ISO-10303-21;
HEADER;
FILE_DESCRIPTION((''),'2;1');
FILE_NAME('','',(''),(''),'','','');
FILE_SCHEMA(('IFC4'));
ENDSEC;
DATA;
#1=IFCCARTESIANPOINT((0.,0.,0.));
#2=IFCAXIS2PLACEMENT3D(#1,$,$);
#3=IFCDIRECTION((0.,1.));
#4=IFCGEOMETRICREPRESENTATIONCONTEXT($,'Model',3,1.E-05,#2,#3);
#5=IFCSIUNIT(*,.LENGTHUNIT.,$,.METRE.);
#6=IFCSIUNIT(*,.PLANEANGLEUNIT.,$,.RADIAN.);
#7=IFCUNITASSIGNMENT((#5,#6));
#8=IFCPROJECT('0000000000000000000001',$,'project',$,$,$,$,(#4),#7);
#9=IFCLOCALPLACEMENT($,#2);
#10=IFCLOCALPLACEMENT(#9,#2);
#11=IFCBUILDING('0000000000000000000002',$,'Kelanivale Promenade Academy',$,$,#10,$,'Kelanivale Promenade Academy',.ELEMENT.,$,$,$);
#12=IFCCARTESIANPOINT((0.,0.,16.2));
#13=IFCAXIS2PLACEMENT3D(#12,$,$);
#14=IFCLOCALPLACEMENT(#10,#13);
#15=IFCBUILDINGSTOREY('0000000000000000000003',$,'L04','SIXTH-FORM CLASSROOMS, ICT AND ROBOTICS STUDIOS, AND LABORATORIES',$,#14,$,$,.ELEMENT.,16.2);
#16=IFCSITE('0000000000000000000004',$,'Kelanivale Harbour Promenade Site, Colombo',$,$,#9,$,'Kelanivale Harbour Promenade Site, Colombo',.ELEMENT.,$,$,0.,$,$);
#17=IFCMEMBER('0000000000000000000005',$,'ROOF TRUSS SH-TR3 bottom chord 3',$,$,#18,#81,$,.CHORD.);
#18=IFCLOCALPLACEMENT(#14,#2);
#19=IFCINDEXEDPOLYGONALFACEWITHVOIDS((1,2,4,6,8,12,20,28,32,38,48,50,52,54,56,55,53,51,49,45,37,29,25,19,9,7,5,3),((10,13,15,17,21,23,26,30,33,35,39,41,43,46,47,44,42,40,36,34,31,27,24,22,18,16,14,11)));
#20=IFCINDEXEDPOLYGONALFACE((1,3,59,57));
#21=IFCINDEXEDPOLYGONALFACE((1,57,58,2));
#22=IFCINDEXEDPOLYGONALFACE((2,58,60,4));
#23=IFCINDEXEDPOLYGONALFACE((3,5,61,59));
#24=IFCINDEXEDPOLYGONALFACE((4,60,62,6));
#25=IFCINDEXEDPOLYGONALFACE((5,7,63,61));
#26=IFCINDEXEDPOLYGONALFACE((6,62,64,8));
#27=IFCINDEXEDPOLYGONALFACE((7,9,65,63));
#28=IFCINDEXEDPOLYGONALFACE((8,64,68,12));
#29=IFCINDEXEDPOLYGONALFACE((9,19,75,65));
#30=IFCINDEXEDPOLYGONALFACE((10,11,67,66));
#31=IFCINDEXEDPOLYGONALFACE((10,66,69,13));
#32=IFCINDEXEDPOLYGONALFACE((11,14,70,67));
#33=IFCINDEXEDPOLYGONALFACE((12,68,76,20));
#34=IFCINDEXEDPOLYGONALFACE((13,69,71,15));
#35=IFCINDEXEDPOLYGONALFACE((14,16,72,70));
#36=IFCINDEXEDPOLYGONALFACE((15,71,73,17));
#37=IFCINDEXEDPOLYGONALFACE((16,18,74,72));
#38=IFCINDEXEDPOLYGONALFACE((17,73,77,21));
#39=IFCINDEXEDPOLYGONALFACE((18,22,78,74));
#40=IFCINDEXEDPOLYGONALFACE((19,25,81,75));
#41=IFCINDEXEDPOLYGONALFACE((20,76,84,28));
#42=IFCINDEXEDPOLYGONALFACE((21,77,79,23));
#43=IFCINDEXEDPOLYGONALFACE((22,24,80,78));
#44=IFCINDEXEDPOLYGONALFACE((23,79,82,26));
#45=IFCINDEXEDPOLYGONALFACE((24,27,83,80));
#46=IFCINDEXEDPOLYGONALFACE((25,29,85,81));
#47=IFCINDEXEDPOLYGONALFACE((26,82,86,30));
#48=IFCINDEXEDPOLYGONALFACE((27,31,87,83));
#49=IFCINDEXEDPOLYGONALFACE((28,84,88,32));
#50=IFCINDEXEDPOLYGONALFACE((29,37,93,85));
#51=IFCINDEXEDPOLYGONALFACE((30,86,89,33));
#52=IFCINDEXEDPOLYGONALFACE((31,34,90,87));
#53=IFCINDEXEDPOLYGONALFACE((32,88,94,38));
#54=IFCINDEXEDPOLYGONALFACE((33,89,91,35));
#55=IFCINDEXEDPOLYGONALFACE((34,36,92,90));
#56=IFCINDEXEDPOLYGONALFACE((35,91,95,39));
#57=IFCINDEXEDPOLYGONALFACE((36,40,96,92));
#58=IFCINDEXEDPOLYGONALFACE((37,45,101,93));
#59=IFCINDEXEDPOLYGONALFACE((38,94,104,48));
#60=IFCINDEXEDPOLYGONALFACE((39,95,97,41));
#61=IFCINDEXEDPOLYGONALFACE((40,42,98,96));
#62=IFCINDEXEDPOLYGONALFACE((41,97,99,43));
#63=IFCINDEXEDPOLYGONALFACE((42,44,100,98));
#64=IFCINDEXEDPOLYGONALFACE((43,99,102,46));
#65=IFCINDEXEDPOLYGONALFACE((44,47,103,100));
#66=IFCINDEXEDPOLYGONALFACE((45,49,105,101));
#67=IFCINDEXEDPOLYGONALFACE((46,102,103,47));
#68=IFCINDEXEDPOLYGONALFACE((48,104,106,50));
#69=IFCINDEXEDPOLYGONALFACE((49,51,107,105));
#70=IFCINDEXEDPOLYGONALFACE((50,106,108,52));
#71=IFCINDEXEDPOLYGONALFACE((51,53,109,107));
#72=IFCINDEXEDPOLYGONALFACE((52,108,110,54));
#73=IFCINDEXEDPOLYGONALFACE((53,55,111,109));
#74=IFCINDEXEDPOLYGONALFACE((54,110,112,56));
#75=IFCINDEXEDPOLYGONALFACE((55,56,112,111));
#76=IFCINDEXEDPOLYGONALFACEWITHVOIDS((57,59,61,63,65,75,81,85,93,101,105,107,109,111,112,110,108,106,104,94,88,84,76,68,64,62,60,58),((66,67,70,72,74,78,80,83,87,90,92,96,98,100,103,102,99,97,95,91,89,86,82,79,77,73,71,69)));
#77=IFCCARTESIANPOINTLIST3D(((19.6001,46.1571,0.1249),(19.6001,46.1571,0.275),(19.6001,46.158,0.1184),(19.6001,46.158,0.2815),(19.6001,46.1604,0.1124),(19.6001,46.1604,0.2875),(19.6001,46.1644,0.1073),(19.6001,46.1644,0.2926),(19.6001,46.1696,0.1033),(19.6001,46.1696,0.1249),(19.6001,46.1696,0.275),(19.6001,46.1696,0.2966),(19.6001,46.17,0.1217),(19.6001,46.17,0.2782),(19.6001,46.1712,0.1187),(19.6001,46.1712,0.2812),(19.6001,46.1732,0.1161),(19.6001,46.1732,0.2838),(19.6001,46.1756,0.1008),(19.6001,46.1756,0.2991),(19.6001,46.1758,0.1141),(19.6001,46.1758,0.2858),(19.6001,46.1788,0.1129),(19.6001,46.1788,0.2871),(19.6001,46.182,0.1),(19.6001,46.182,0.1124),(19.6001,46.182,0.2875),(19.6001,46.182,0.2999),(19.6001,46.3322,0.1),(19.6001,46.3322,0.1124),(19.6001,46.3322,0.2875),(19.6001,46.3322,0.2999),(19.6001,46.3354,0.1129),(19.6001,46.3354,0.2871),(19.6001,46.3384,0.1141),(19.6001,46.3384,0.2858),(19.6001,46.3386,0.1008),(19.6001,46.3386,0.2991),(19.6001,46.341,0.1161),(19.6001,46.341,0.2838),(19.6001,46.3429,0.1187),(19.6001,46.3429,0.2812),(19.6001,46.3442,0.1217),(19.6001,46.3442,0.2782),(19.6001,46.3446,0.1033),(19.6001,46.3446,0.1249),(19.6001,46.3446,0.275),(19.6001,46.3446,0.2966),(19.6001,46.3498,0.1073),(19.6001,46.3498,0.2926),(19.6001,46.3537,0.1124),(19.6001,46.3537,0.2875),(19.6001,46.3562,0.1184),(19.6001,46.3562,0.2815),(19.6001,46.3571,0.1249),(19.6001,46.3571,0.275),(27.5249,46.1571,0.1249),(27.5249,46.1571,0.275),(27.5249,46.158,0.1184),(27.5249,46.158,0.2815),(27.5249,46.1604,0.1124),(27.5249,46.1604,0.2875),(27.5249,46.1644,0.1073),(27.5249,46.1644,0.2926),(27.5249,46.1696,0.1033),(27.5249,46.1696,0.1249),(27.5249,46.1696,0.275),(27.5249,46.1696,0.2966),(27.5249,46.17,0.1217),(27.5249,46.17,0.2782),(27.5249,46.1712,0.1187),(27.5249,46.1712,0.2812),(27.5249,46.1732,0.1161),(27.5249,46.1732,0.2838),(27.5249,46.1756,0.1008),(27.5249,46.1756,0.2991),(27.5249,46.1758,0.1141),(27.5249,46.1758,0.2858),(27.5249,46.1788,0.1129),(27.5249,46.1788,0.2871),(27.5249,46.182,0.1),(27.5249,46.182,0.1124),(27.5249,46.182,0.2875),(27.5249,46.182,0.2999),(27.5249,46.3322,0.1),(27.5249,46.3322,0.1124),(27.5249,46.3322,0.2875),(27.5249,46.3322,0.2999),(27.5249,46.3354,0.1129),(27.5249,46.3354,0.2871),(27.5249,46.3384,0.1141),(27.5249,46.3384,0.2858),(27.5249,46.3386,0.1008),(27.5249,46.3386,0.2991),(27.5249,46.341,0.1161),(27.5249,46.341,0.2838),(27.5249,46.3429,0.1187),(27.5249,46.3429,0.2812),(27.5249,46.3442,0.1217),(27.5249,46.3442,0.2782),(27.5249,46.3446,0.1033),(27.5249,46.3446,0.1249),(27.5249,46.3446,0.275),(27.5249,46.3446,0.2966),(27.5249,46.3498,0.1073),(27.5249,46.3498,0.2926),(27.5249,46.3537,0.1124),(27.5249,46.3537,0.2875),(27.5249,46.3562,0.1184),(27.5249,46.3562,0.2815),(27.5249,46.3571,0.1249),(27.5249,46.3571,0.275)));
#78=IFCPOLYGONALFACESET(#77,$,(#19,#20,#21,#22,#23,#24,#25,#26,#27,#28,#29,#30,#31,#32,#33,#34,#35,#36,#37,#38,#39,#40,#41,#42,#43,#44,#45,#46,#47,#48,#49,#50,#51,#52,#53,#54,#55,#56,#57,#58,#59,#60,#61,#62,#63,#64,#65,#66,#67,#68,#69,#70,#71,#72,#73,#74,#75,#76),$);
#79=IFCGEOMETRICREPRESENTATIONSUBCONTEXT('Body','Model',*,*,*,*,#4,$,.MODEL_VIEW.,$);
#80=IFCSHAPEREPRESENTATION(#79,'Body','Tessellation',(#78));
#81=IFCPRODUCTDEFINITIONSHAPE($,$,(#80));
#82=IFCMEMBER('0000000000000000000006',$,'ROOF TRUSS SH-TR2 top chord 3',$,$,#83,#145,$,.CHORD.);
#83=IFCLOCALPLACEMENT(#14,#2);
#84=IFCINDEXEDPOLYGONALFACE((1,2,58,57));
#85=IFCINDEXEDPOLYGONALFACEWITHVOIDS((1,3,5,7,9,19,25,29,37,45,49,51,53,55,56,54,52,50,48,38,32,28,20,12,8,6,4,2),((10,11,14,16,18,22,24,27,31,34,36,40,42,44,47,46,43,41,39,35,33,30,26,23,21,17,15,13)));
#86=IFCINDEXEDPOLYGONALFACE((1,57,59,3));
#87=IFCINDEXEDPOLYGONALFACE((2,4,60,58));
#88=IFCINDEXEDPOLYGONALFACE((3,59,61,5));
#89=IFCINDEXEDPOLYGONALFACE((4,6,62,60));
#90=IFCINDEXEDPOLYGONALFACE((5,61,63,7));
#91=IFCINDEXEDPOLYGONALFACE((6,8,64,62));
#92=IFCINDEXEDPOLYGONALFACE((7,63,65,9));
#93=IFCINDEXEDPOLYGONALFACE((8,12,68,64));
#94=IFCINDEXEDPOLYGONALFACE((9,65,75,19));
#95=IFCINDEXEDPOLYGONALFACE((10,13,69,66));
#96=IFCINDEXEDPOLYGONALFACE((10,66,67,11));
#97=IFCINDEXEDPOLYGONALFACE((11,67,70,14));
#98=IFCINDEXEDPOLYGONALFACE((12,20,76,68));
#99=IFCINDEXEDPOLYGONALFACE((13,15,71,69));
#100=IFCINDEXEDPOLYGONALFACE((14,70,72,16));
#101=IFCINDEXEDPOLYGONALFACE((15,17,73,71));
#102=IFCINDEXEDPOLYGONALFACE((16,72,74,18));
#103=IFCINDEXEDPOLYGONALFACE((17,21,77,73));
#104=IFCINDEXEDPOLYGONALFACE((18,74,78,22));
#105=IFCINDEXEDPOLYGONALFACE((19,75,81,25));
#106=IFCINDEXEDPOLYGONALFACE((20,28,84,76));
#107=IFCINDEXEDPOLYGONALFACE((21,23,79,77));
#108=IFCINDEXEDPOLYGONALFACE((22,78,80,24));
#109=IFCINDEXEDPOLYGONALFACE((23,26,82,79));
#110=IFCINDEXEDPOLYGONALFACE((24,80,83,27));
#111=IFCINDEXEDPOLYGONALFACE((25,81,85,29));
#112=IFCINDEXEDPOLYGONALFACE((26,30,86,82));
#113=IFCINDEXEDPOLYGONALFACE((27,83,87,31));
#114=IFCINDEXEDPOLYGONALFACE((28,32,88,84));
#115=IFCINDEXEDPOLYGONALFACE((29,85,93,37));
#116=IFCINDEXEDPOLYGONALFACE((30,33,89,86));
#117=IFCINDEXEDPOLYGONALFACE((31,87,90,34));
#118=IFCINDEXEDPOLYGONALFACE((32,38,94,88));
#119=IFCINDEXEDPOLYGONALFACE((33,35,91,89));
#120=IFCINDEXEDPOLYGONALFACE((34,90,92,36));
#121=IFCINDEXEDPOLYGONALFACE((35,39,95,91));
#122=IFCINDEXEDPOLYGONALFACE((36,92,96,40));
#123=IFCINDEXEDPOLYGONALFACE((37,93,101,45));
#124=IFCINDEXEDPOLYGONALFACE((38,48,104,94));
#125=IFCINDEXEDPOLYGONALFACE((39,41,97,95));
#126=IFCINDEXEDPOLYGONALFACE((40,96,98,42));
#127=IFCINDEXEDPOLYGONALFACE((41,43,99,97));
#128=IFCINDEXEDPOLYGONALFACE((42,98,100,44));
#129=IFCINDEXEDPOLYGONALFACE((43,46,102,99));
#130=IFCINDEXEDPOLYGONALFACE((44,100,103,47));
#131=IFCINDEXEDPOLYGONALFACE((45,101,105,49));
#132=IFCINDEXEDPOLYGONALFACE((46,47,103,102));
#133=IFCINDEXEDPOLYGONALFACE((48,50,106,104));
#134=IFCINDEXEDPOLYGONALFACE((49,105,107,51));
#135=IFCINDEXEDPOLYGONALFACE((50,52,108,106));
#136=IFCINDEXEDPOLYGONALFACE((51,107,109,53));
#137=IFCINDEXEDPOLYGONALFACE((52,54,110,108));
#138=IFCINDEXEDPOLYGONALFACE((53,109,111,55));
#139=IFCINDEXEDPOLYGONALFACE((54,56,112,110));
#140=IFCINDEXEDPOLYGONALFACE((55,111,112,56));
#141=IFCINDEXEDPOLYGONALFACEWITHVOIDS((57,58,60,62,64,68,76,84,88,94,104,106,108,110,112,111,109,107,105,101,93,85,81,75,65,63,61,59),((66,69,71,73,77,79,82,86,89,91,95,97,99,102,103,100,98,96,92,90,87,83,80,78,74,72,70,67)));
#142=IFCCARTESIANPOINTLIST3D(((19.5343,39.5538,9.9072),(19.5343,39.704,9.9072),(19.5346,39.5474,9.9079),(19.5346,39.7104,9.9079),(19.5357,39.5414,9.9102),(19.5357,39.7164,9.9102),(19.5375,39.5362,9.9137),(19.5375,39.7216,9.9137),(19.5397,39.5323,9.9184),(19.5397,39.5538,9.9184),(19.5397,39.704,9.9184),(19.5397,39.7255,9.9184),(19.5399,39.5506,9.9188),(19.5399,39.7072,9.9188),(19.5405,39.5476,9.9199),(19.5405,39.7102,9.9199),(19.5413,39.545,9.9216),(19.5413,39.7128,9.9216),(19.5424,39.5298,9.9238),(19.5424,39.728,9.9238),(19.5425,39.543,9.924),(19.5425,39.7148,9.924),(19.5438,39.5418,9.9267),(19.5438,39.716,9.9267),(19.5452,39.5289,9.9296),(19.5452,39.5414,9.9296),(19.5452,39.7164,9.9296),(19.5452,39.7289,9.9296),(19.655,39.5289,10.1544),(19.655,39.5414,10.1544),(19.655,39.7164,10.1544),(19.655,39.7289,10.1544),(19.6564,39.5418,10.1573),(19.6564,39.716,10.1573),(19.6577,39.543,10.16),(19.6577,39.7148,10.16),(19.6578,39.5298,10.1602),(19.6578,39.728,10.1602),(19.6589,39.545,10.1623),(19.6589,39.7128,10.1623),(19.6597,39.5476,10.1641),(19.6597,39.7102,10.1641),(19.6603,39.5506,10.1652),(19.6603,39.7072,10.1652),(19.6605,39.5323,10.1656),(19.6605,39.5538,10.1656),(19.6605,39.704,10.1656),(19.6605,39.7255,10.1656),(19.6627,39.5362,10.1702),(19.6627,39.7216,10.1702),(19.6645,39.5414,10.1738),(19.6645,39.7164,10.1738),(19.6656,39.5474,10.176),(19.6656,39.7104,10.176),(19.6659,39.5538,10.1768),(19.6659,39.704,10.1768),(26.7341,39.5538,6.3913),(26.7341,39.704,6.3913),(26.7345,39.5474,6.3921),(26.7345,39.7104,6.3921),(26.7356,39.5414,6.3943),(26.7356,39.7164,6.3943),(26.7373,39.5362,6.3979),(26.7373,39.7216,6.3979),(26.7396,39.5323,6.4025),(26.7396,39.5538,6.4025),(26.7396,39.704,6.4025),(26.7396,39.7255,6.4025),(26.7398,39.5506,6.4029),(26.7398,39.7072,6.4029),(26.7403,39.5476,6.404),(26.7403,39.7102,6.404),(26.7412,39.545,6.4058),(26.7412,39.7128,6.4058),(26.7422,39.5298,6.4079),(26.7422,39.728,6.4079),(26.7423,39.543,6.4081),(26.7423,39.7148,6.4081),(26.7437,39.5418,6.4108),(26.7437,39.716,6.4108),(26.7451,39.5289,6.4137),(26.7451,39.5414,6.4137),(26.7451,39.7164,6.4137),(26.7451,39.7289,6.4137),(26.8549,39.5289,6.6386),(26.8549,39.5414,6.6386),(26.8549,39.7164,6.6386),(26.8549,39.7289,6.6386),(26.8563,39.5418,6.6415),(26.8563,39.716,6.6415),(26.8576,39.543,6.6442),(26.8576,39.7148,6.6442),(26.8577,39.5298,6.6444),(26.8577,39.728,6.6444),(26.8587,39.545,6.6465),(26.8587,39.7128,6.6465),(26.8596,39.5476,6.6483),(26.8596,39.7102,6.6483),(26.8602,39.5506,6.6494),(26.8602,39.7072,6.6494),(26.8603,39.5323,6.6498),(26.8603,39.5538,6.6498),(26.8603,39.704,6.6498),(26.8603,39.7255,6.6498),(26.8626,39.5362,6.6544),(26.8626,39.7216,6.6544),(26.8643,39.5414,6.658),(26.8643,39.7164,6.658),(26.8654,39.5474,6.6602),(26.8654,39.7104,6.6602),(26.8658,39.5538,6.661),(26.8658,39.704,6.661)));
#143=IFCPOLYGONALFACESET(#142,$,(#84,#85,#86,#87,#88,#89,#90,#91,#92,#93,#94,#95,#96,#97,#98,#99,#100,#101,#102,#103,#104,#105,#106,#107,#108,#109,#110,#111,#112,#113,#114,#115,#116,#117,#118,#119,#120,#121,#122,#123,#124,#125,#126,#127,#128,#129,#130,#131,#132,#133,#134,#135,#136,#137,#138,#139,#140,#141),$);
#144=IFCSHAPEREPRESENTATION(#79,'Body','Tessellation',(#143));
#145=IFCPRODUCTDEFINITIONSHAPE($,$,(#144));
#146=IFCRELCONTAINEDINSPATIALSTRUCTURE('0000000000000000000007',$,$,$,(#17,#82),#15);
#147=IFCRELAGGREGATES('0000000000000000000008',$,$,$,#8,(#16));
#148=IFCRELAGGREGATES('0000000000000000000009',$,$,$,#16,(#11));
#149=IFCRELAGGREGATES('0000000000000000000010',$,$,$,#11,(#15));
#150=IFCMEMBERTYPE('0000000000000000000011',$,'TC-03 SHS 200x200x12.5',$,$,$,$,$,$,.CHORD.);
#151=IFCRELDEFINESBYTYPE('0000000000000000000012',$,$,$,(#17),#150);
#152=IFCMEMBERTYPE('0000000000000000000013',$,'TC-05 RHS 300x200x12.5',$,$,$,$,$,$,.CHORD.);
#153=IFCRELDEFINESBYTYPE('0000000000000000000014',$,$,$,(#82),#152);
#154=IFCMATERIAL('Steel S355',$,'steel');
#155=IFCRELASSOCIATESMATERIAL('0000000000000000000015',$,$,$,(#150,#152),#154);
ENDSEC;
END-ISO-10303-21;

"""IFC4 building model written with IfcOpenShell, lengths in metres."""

from ifc_helpers import new_model, si_unit, direction, frame, origin, origin_2d, place, context, subcontext, project, spatial, hollow_rectangle, extrude, material, material_profile, profile_set, type_object, element, save


model = new_model("IFC4")

# Units and contexts
model_context = context("Model", 3, precision=1e-05, world=origin(), true_north=direction((0.0, 1.0)))
body_context = subcontext(model_context, "Body", "Model", "MODEL_VIEW")
ifc_project = project(units=[si_unit("LENGTHUNIT", "METRE"), si_unit("PLANEANGLEUNIT", "RADIAN")], contexts=[model_context])

# Site, building, storey
site_placement = place(None, origin())
site = spatial("IfcSite", under=ifc_project, at=site_placement, Name="Kelanivale Harbour Promenade Site, Colombo", LongName="Kelanivale Harbour Promenade Site, Colombo", CompositionType="ELEMENT", RefElevation=0.0)
building_placement = place(site_placement, origin())
building = spatial("IfcBuilding", under=site, at=building_placement, Name="Kelanivale Promenade Academy", LongName="Kelanivale Promenade Academy", CompositionType="ELEMENT")
storey_placement = place(building_placement, frame((0.0, 0.0, 16.2)))
storey = spatial("IfcBuildingStorey", under=building, at=storey_placement, Name="L04", Description="SIXTH-FORM CLASSROOMS, ICT AND ROBOTICS STUDIOS, AND LABORATORIES", CompositionType="ELEMENT", Elevation=16.2)

# Members
ifc_material_1 = material(Name="Steel S355", Category="steel")
ifc_material_profile_1 = material_profile(ifc_material_1, hollow_rectangle(XDim=0.2, YDim=0.2, WallThickness=0.0125, InnerFilletRadius=0.0125, OuterFilletRadius=0.0249, at=origin_2d()), Name="SHS 200x200x12.5")
ifc_profile_set_1 = profile_set([ifc_material_profile_1], Name="Steel S355")
member_type_1 = type_object("IfcMemberType", Name="TC-03 SHS 200x200x12.5", PredefinedType="CHORD", material=ifc_profile_set_1)
member_1_placement = place(storey_placement, frame((19.6001, 46.2571, 0.2), z_axis=(1.0, 0.0, 0.0), x_axis=(0.0, 1.0, 0.0)))
element("IfcMember", 1, at=member_1_placement, inside=storey, type_object=member_type_1, Name="ROOF TRUSS SH-TR3 bottom chord 3", PredefinedType="CHORD", context=body_context, shape_type="SweptSolid", body=[
    extrude(hollow_rectangle(XDim=0.2, YDim=0.2, WallThickness=0.0125, InnerFilletRadius=0.0125, OuterFilletRadius=0.0249, at=origin_2d()), origin(), (0.0, 0.0, 1.0), 7.9248),
])
ifc_material_profile_2 = material_profile(ifc_material_1, hollow_rectangle(XDim=0.2, YDim=0.3, WallThickness=0.0125, InnerFilletRadius=0.0125, OuterFilletRadius=0.0249, at=origin_2d()), Name="RHS 300x200x12.5")
ifc_profile_set_2 = profile_set([ifc_material_profile_2], Name="Steel S355")
member_type_2 = type_object("IfcMemberType", Name="TC-05 RHS 300x200x12.5", PredefinedType="CHORD", material=ifc_profile_set_2)
member_2_placement = place(storey_placement, frame((19.6001, 39.6289, 10.042), z_axis=(0.898587, 0.0, -0.438796), x_axis=(0.0, 1.0, 0.0)))
element("IfcMember", 2, at=member_2_placement, inside=storey, type_object=member_type_2, Name="ROOF TRUSS SH-TR2 top chord 3", PredefinedType="CHORD", context=body_context, shape_type="SweptSolid", body=[
    extrude(hollow_rectangle(XDim=0.2, YDim=0.3, WallThickness=0.0125, InnerFilletRadius=0.0125, OuterFilletRadius=0.0249, at=origin_2d()), origin(), (0.0, 0.0, 1.0), 8.0125),
])

save(model, "model.ifc")
